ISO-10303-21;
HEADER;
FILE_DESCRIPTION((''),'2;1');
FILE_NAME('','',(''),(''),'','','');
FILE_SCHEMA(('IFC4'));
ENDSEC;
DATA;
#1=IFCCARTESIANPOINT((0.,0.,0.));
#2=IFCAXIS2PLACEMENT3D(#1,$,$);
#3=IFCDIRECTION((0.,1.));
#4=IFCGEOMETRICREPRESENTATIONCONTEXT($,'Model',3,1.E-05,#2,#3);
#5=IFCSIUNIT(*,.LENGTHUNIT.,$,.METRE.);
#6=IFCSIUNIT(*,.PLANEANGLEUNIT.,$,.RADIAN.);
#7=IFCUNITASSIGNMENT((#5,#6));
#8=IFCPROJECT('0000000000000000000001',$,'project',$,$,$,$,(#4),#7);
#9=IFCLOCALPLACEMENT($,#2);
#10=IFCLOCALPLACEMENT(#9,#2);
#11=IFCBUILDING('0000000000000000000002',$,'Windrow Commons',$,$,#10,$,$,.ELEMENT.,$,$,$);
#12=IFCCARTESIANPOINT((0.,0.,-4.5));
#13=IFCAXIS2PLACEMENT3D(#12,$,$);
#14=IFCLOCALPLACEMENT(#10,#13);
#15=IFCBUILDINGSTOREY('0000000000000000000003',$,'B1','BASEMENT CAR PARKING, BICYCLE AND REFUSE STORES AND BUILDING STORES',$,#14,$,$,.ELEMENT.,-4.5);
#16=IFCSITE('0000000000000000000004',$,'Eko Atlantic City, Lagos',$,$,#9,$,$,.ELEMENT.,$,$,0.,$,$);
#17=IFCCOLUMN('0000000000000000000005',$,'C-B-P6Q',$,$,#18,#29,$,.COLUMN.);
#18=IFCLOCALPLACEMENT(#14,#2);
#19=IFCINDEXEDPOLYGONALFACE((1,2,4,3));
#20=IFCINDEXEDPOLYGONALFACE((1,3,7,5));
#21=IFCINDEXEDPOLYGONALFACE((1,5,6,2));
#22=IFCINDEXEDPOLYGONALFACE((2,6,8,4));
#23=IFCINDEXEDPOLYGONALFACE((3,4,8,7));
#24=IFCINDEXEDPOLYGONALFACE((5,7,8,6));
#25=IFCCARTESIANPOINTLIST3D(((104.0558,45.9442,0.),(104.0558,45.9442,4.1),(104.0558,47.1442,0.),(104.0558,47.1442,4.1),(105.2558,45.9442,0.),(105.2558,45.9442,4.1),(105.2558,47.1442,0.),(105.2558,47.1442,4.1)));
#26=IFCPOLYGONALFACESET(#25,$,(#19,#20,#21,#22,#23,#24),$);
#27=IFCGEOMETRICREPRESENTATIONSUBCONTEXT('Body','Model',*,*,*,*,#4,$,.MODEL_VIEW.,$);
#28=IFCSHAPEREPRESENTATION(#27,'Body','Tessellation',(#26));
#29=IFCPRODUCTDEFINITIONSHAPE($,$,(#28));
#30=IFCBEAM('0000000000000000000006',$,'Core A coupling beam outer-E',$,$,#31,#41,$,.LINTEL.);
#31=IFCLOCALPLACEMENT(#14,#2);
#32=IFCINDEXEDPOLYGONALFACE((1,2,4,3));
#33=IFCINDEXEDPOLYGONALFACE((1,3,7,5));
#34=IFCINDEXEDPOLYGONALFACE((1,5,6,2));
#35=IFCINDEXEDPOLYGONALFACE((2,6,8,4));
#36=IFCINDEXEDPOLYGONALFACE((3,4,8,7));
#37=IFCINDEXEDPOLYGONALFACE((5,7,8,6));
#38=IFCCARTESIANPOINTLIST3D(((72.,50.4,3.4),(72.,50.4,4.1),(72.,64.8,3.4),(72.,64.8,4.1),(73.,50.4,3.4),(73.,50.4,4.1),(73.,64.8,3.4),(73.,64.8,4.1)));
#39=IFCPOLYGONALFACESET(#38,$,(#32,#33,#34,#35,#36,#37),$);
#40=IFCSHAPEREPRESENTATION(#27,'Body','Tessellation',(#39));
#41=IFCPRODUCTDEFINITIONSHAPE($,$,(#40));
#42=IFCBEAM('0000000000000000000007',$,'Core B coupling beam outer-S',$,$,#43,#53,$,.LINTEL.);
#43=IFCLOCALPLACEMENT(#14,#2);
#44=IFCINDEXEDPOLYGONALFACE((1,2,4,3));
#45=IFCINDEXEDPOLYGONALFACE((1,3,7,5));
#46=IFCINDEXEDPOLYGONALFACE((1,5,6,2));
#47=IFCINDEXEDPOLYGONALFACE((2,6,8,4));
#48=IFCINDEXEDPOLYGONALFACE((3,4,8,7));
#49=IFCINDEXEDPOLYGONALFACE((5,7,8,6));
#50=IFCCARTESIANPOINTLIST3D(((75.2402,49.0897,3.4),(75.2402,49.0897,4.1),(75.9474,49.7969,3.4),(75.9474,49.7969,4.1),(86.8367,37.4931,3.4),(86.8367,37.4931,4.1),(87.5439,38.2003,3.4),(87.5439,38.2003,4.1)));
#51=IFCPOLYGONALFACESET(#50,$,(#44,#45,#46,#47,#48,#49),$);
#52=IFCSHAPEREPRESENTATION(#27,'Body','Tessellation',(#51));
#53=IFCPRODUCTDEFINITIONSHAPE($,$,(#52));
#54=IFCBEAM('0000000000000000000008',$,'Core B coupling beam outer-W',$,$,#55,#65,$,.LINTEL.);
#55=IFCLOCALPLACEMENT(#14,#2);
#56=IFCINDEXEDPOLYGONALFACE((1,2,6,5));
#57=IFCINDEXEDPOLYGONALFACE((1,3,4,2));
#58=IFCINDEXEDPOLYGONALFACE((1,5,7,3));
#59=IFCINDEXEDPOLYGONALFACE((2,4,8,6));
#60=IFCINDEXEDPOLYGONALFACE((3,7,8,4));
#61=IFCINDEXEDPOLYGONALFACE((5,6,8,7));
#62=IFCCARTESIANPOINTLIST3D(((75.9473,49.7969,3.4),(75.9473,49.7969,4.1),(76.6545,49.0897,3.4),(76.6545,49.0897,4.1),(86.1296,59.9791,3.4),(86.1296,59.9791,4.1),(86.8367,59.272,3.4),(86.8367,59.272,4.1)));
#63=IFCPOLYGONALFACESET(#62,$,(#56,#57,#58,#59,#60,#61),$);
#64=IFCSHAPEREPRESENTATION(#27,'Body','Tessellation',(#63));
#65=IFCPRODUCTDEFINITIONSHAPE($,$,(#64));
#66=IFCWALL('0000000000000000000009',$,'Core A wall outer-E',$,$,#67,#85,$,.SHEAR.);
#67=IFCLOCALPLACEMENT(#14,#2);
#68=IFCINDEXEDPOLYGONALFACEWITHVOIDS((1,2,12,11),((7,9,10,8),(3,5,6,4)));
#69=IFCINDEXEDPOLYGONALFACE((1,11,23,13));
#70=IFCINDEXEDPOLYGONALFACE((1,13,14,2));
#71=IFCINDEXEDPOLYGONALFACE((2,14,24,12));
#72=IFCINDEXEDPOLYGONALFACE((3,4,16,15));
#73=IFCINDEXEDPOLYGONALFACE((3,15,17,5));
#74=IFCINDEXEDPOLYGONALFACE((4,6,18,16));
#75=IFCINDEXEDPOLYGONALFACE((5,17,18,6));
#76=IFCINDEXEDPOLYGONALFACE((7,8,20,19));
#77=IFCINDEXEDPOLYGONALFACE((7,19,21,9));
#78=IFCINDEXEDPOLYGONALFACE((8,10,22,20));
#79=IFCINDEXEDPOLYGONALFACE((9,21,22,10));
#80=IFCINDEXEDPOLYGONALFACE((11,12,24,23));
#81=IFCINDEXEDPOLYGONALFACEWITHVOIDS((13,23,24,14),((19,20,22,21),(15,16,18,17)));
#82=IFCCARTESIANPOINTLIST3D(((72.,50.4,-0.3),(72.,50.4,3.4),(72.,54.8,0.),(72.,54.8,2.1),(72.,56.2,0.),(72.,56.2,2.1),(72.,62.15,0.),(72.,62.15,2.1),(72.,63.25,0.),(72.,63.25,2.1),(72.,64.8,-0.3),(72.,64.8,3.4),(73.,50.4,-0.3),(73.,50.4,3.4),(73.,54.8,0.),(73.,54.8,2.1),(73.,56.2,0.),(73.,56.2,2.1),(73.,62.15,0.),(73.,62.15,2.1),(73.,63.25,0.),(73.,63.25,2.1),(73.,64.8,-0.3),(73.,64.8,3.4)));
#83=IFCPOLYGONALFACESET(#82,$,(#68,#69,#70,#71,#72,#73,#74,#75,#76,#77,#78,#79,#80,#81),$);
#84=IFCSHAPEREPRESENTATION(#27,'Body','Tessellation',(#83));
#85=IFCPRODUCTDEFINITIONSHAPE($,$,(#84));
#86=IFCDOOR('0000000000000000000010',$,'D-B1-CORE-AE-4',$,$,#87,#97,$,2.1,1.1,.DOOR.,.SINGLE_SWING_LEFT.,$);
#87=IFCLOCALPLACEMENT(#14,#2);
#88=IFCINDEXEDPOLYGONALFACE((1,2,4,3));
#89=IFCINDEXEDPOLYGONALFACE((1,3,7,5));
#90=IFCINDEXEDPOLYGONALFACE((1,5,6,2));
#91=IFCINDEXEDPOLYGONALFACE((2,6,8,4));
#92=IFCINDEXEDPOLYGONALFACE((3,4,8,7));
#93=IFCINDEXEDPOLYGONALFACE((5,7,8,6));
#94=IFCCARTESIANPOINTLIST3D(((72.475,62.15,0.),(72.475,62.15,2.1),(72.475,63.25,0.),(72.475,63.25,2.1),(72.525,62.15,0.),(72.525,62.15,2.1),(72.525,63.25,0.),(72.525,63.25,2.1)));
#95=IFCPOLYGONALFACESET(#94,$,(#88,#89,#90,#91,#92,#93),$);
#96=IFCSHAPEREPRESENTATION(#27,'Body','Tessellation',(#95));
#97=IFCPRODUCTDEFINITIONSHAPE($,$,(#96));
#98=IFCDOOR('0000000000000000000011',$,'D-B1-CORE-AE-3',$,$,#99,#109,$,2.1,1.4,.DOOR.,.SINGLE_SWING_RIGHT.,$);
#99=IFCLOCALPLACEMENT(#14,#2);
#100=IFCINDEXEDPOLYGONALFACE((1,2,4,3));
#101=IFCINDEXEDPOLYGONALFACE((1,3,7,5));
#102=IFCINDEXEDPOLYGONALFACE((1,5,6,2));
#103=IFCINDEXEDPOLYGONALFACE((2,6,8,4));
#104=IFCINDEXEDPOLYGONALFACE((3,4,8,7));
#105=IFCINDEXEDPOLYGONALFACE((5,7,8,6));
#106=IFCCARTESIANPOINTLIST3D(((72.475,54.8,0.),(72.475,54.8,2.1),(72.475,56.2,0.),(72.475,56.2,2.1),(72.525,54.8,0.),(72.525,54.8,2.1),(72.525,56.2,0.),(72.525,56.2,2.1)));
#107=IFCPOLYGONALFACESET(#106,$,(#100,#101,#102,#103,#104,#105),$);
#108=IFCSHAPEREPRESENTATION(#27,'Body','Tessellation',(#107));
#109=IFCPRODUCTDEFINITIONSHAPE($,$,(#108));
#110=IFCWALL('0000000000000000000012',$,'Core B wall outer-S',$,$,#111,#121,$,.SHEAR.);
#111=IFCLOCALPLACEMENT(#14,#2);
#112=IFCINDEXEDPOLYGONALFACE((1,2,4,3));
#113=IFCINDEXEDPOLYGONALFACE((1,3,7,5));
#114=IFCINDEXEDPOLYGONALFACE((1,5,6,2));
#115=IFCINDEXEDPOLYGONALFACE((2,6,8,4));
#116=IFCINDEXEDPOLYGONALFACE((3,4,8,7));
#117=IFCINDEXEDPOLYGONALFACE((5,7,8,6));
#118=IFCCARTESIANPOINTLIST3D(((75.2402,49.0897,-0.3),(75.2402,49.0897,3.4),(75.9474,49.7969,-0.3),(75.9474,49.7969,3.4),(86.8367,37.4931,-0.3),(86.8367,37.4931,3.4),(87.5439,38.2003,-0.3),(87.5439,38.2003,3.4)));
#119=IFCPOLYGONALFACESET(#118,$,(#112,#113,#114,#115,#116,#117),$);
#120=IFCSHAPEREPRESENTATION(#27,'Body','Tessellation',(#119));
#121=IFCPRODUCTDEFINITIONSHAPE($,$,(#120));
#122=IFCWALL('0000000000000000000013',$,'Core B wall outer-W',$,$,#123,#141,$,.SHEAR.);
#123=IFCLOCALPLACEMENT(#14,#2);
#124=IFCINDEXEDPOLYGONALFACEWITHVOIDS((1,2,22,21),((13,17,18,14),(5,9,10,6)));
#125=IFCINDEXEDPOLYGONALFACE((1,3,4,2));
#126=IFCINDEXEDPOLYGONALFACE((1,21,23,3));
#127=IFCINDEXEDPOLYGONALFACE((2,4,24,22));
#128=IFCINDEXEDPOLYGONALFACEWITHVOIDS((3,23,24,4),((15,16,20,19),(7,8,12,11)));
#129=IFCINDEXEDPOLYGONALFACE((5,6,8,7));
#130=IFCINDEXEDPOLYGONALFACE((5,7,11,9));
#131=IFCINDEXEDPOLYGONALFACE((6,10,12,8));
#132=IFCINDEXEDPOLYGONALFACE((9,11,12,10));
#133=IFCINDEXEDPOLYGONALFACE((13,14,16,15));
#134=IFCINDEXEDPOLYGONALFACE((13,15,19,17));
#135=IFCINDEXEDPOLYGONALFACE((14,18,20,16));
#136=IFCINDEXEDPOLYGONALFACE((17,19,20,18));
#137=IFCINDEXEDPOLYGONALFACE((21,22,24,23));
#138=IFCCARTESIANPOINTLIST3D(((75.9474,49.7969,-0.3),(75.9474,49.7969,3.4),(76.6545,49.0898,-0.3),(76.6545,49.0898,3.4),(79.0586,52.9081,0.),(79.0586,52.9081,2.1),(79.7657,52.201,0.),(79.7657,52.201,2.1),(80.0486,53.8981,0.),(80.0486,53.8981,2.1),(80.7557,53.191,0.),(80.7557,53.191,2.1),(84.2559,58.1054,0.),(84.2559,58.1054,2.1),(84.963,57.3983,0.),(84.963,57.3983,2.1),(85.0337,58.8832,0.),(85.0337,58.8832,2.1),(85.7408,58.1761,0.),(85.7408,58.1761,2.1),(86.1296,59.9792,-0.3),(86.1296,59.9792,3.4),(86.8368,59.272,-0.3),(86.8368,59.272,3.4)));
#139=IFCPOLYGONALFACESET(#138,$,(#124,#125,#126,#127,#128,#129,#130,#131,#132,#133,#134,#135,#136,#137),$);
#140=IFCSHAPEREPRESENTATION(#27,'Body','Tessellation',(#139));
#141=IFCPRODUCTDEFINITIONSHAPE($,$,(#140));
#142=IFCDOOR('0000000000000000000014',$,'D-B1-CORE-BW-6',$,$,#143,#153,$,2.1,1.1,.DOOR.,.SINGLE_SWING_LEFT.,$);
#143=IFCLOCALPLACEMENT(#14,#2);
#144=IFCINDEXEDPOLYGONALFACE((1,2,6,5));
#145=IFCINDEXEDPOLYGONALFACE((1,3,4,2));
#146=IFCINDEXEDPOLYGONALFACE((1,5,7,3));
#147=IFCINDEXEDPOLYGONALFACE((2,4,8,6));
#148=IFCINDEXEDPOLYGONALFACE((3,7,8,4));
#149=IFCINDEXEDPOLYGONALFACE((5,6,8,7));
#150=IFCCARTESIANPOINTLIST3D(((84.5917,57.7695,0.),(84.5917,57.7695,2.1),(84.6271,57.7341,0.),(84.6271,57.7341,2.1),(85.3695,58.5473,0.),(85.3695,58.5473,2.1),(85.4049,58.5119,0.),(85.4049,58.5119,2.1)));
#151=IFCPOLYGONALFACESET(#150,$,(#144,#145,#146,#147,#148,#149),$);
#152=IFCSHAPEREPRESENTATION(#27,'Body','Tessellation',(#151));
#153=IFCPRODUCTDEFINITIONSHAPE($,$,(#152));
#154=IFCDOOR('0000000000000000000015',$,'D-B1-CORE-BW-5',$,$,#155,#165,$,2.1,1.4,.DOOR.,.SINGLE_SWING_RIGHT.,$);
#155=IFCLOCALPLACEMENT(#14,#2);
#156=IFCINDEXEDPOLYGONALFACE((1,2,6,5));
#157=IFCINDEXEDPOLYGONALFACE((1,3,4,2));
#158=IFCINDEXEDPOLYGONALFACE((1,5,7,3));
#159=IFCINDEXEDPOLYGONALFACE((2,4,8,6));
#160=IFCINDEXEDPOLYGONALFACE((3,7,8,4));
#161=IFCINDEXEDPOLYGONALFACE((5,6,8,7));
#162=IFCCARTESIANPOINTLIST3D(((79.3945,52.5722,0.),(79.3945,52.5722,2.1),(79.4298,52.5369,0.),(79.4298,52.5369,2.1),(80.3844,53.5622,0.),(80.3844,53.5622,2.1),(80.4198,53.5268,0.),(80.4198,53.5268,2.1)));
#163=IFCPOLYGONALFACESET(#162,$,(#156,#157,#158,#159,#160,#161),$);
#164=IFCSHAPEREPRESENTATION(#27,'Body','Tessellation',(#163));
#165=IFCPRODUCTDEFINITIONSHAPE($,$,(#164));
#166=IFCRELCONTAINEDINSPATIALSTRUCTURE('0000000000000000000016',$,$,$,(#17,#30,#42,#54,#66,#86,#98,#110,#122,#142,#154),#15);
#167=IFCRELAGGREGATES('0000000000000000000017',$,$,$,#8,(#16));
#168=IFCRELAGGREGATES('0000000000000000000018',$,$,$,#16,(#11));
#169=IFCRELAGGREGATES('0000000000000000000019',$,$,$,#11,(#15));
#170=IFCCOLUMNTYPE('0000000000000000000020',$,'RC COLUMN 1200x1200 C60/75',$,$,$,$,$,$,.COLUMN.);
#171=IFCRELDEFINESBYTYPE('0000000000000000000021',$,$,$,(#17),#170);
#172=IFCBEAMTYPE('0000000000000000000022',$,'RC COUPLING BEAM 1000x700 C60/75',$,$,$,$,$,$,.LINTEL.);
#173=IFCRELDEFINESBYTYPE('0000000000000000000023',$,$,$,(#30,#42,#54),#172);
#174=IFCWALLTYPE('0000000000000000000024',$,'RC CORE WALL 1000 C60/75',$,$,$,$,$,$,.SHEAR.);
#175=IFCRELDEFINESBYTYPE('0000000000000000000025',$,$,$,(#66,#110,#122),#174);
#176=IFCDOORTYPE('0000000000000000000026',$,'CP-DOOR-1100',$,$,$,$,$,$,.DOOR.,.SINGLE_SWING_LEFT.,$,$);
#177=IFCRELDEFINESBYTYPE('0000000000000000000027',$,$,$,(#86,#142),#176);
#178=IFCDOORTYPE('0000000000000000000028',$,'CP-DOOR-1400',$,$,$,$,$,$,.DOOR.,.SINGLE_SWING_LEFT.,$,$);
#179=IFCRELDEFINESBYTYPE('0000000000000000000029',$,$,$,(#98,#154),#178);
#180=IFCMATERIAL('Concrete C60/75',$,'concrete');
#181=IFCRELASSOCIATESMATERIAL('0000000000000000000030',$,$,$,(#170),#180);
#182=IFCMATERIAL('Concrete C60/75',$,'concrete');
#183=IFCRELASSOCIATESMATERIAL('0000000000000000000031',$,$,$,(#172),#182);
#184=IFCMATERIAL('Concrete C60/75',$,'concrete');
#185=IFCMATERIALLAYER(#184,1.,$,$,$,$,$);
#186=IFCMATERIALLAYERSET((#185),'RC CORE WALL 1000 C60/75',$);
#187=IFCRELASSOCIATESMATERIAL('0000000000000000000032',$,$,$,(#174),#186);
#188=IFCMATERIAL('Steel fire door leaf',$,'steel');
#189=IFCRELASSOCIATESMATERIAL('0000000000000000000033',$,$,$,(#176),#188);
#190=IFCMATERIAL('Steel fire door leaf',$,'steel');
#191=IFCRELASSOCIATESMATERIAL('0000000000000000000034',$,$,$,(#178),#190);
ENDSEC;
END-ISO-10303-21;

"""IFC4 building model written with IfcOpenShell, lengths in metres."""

from ifc_helpers import new_model, si_unit, direction, frame, frame_2d, origin, origin_2d, place, context, subcontext, project, spatial, rectangle, extrude, material, layer, layer_set, material_profile, profile_set, type_object, element, fill, save


model = new_model("IFC4")

# Units and contexts
model_context = context("Model", 3, precision=1e-05, world=origin(), true_north=direction((0.0, 1.0)))
body_context = subcontext(model_context, "Body", "Model", "MODEL_VIEW")
ifc_project = project(units=[si_unit("LENGTHUNIT", "METRE"), si_unit("PLANEANGLEUNIT", "RADIAN")], contexts=[model_context])

# Site, building, storey
site_placement = place(None, origin())
site = spatial("IfcSite", under=ifc_project, at=site_placement, Name="Eko Atlantic City, Lagos", CompositionType="ELEMENT", RefElevation=0.0)
building_placement = place(site_placement, origin())
building = spatial("IfcBuilding", under=site, at=building_placement, Name="Windrow Commons", CompositionType="ELEMENT")
storey_placement = place(building_placement, frame((0.0, 0.0, -4.5)))
storey = spatial("IfcBuildingStorey", under=building, at=storey_placement, Name="B1", Description="BASEMENT CAR PARKING, BICYCLE AND REFUSE STORES AND BUILDING STORES", CompositionType="ELEMENT", Elevation=-4.5)

# Column
ifc_material_1 = material(Name="Concrete C60/75", Category="concrete")
ifc_material_profile_1 = material_profile(ifc_material_1, rectangle(XDim=1.2, YDim=1.2, at=origin_2d()))
ifc_profile_set_1 = profile_set([ifc_material_profile_1], Name="Concrete C60/75")
column_type = type_object("IfcColumnType", Name="RC COLUMN 1200x1200 C60/75", PredefinedType="COLUMN", material=ifc_profile_set_1)
column_placement = place(storey_placement, frame((104.6558, 46.5442, 0.0), z_axis=(0.0, 0.0, 1.0), x_axis=(1.0, 0.0, 0.0)))
element("IfcColumn", 1, at=column_placement, inside=storey, type_object=column_type, Name="C-B-P6Q", PredefinedType="COLUMN", context=body_context, shape_type="SweptSolid", body=[
    extrude(rectangle(XDim=1.2, YDim=1.2, at=origin_2d()), origin(), (0.0, 0.0, 1.0), 4.1),
])

# Beams
ifc_material_2 = material(Name="Concrete C60/75", Category="concrete")
ifc_material_profile_2 = material_profile(ifc_material_2, rectangle(XDim=1.0, YDim=0.7, at=origin_2d()))
ifc_profile_set_2 = profile_set([ifc_material_profile_2], Name="Concrete C60/75")
beam_type = type_object("IfcBeamType", Name="RC COUPLING BEAM 1000x700 C60/75", PredefinedType="LINTEL", material=ifc_profile_set_2)
beam_1_placement = place(storey_placement, frame((72.5, 50.4, 3.75), z_axis=(0.0, 1.0, 0.0), x_axis=(-1.0, 0.0, 0.0)))
element("IfcBeam", 2, at=beam_1_placement, inside=storey, type_object=beam_type, Name="Core A coupling beam outer-E", PredefinedType="LINTEL", context=body_context, shape_type="SweptSolid", body=[
    extrude(rectangle(XDim=1.0, YDim=0.7, at=origin_2d()), origin(), (0.0, 0.0, 1.0), 14.4),
])
beam_2_placement = place(storey_placement, frame((75.5938, 49.4433, 3.75), z_axis=(0.707104, -0.70711, 0.0), x_axis=(0.70711, 0.707104, 0.0)))
element("IfcBeam", 3, at=beam_2_placement, inside=storey, type_object=beam_type, Name="Core B coupling beam outer-S", PredefinedType="LINTEL", context=body_context, shape_type="SweptSolid", body=[
    extrude(rectangle(XDim=1.0, YDim=0.7, at=origin_2d()), origin(), (0.0, 0.0, 1.0), 16.4),
])
beam_3_placement = place(storey_placement, frame((76.3009, 49.4433, 3.75), z_axis=(0.707107, 0.707107, 0.0), x_axis=(-0.707107, 0.707107, 0.0)))
element("IfcBeam", 4, at=beam_3_placement, inside=storey, type_object=beam_type, Name="Core B coupling beam outer-W", PredefinedType="LINTEL", context=body_context, shape_type="SweptSolid", body=[
    extrude(rectangle(XDim=1.0, YDim=0.7, at=origin_2d()), origin(), (0.0, 0.0, 1.0), 14.3999),
])

# Wall, openings, doors
ifc_material_3 = material(Name="Concrete C60/75", Category="concrete")
ifc_layer_1 = layer(ifc_material_3, 1.0)
ifc_layer_set_1 = layer_set([ifc_layer_1], Name="RC CORE WALL 1000 C60/75")
wall_type_1 = type_object("IfcWallType", Name="RC CORE WALL 1000 C60/75", PredefinedType="SHEAR", material=ifc_layer_set_1)
wall_1_placement = place(storey_placement, frame((72.5, 50.4, -0.3), z_axis=(0.0, 0.0, 1.0), x_axis=(0.0, 1.0, 0.0)))
wall_1 = element("IfcWall", 5, at=wall_1_placement, inside=storey, type_object=wall_type_1, Name="Core A wall outer-E", PredefinedType="SHEAR", context=body_context, shape_type="SweptSolid", body=[
    extrude(rectangle(XDim=14.4, YDim=1.0, at=frame_2d((7.2, 0.0))), origin(), (0.0, 0.0, 1.0), 3.7),
])
opening_1_placement = place(wall_1_placement, frame((4.4, 0.0, 0.3)))
opening_1 = element("IfcOpeningElement", 6, at=opening_1_placement, cuts=wall_1, PredefinedType="OPENING", context=body_context, shape_type="SweptSolid", body=[
    extrude(rectangle(XDim=1.4, YDim=2.1, at=frame_2d((0.7, 1.05))), frame((0.0, 0.51, 0.0), z_axis=(0.0, -1.0, 0.0), x_axis=(1.0, 0.0, 0.0)), (0.0, 0.0, 1.0), 1.02),
])
opening_2_placement = place(wall_1_placement, frame((11.75, 0.0, 0.3)))
opening_2 = element("IfcOpeningElement", 7, at=opening_2_placement, cuts=wall_1, PredefinedType="OPENING", context=body_context, shape_type="SweptSolid", body=[
    extrude(rectangle(XDim=1.1, YDim=2.1, at=frame_2d((0.55, 1.05))), frame((0.0, 0.51, 0.0), z_axis=(0.0, -1.0, 0.0), x_axis=(1.0, 0.0, 0.0)), (0.0, 0.0, 1.0), 1.02),
])
ifc_material_4 = material(Name="Steel fire door leaf", Category="steel")
door_type_1 = type_object("IfcDoorType", Name="CP-DOOR-1100", OperationType="SINGLE_SWING_LEFT", PredefinedType="DOOR", material=ifc_material_4)
door_1_placement = place(opening_2_placement, origin())
door_1 = element("IfcDoor", 8, at=door_1_placement, inside=storey, type_object=door_type_1, Name="D-B1-CORE-AE-4", OperationType="SINGLE_SWING_LEFT", OverallHeight=2.1, OverallWidth=1.1, PredefinedType="DOOR", context=body_context, shape_type="SweptSolid", body=[
    extrude(rectangle(XDim=1.1, YDim=2.1, at=frame_2d((0.55, 1.05))), frame((0.0, 0.025, 0.0), z_axis=(0.0, -1.0, 0.0), x_axis=(1.0, 0.0, 0.0)), (0.0, 0.0, 1.0), 0.05),
])
fill(opening_2, door_1)
ifc_material_5 = material(Name="Steel fire door leaf", Category="steel")
door_type_2 = type_object("IfcDoorType", Name="CP-DOOR-1400", OperationType="SINGLE_SWING_LEFT", PredefinedType="DOOR", material=ifc_material_5)
door_2_placement = place(opening_1_placement, origin())
door_2 = element("IfcDoor", 9, at=door_2_placement, inside=storey, type_object=door_type_2, Name="D-B1-CORE-AE-3", OperationType="SINGLE_SWING_RIGHT", OverallHeight=2.1, OverallWidth=1.4, PredefinedType="DOOR", context=body_context, shape_type="SweptSolid", body=[
    extrude(rectangle(XDim=1.4, YDim=2.1, at=frame_2d((0.7, 1.05))), frame((0.0, 0.025, 0.0), z_axis=(0.0, -1.0, 0.0), x_axis=(1.0, 0.0, 0.0)), (0.0, 0.0, 1.0), 0.05),
])
fill(opening_1, door_2)

# Wall
wall_2_placement = place(storey_placement, frame((75.5938, 49.4433, -0.3), z_axis=(0.0, 0.0, 1.0), x_axis=(0.707104, -0.70711, 0.0)))
element("IfcWall", 10, at=wall_2_placement, inside=storey, type_object=wall_type_1, Name="Core B wall outer-S", PredefinedType="SHEAR", context=body_context, shape_type="SweptSolid", body=[
    extrude(rectangle(XDim=16.4, YDim=1.0, at=frame_2d((8.2, 0.0))), origin(), (0.0, 0.0, 1.0), 3.7),
])

# Wall, openings, doors
wall_3_placement = place(storey_placement, frame((76.3009, 49.4433, -0.3), z_axis=(0.0, 0.0, 1.0), x_axis=(0.707107, 0.707107, 0.0)))
wall_3 = element("IfcWall", 11, at=wall_3_placement, inside=storey, type_object=wall_type_1, Name="Core B wall outer-W", PredefinedType="SHEAR", context=body_context, shape_type="SweptSolid", body=[
    extrude(rectangle(XDim=14.3999, YDim=1.0, at=frame_2d((7.2, 0.0))), origin(), (0.0, 0.0, 1.0), 3.7),
])
opening_3_placement = place(wall_3_placement, frame((4.4, 0.0, 0.3)))
opening_3 = element("IfcOpeningElement", 12, at=opening_3_placement, cuts=wall_3, PredefinedType="OPENING", context=body_context, shape_type="SweptSolid", body=[
    extrude(rectangle(XDim=1.4, YDim=2.1, at=frame_2d((0.7, 1.05))), frame((0.0, 0.51, 0.0), z_axis=(0.0, -1.0, 0.0), x_axis=(1.0, 0.0, 0.0)), (0.0, 0.0, 1.0), 1.02),
])
opening_4_placement = place(wall_3_placement, frame((11.75, 0.0, 0.3)))
opening_4 = element("IfcOpeningElement", 13, at=opening_4_placement, cuts=wall_3, PredefinedType="OPENING", context=body_context, shape_type="SweptSolid", body=[
    extrude(rectangle(XDim=1.1, YDim=2.1, at=frame_2d((0.55, 1.05))), frame((0.0, 0.51, 0.0), z_axis=(0.0, -1.0, 0.0), x_axis=(1.0, 0.0, 0.0)), (0.0, 0.0, 1.0), 1.02),
])
door_3_placement = place(opening_4_placement, origin())
door_3 = element("IfcDoor", 14, at=door_3_placement, inside=storey, type_object=door_type_1, Name="D-B1-CORE-BW-6", OperationType="SINGLE_SWING_LEFT", OverallHeight=2.1, OverallWidth=1.1, PredefinedType="DOOR", context=body_context, shape_type="SweptSolid", body=[
    extrude(rectangle(XDim=1.1, YDim=2.1, at=frame_2d((0.55, 1.05))), frame((0.0, 0.025, 0.0), z_axis=(0.0, -1.0, 0.0), x_axis=(1.0, 0.0, 0.0)), (0.0, 0.0, 1.0), 0.05),
])
fill(opening_4, door_3)
door_4_placement = place(opening_3_placement, origin())
door_4 = element("IfcDoor", 15, at=door_4_placement, inside=storey, type_object=door_type_2, Name="D-B1-CORE-BW-5", OperationType="SINGLE_SWING_RIGHT", OverallHeight=2.1, OverallWidth=1.4, PredefinedType="DOOR", context=body_context, shape_type="SweptSolid", body=[
    extrude(rectangle(XDim=1.4, YDim=2.1, at=frame_2d((0.7, 1.05))), frame((0.0, 0.025, 0.0), z_axis=(0.0, -1.0, 0.0), x_axis=(1.0, 0.0, 0.0)), (0.0, 0.0, 1.0), 0.05),
])
fill(opening_3, door_4)

save(model, "model.ifc")
